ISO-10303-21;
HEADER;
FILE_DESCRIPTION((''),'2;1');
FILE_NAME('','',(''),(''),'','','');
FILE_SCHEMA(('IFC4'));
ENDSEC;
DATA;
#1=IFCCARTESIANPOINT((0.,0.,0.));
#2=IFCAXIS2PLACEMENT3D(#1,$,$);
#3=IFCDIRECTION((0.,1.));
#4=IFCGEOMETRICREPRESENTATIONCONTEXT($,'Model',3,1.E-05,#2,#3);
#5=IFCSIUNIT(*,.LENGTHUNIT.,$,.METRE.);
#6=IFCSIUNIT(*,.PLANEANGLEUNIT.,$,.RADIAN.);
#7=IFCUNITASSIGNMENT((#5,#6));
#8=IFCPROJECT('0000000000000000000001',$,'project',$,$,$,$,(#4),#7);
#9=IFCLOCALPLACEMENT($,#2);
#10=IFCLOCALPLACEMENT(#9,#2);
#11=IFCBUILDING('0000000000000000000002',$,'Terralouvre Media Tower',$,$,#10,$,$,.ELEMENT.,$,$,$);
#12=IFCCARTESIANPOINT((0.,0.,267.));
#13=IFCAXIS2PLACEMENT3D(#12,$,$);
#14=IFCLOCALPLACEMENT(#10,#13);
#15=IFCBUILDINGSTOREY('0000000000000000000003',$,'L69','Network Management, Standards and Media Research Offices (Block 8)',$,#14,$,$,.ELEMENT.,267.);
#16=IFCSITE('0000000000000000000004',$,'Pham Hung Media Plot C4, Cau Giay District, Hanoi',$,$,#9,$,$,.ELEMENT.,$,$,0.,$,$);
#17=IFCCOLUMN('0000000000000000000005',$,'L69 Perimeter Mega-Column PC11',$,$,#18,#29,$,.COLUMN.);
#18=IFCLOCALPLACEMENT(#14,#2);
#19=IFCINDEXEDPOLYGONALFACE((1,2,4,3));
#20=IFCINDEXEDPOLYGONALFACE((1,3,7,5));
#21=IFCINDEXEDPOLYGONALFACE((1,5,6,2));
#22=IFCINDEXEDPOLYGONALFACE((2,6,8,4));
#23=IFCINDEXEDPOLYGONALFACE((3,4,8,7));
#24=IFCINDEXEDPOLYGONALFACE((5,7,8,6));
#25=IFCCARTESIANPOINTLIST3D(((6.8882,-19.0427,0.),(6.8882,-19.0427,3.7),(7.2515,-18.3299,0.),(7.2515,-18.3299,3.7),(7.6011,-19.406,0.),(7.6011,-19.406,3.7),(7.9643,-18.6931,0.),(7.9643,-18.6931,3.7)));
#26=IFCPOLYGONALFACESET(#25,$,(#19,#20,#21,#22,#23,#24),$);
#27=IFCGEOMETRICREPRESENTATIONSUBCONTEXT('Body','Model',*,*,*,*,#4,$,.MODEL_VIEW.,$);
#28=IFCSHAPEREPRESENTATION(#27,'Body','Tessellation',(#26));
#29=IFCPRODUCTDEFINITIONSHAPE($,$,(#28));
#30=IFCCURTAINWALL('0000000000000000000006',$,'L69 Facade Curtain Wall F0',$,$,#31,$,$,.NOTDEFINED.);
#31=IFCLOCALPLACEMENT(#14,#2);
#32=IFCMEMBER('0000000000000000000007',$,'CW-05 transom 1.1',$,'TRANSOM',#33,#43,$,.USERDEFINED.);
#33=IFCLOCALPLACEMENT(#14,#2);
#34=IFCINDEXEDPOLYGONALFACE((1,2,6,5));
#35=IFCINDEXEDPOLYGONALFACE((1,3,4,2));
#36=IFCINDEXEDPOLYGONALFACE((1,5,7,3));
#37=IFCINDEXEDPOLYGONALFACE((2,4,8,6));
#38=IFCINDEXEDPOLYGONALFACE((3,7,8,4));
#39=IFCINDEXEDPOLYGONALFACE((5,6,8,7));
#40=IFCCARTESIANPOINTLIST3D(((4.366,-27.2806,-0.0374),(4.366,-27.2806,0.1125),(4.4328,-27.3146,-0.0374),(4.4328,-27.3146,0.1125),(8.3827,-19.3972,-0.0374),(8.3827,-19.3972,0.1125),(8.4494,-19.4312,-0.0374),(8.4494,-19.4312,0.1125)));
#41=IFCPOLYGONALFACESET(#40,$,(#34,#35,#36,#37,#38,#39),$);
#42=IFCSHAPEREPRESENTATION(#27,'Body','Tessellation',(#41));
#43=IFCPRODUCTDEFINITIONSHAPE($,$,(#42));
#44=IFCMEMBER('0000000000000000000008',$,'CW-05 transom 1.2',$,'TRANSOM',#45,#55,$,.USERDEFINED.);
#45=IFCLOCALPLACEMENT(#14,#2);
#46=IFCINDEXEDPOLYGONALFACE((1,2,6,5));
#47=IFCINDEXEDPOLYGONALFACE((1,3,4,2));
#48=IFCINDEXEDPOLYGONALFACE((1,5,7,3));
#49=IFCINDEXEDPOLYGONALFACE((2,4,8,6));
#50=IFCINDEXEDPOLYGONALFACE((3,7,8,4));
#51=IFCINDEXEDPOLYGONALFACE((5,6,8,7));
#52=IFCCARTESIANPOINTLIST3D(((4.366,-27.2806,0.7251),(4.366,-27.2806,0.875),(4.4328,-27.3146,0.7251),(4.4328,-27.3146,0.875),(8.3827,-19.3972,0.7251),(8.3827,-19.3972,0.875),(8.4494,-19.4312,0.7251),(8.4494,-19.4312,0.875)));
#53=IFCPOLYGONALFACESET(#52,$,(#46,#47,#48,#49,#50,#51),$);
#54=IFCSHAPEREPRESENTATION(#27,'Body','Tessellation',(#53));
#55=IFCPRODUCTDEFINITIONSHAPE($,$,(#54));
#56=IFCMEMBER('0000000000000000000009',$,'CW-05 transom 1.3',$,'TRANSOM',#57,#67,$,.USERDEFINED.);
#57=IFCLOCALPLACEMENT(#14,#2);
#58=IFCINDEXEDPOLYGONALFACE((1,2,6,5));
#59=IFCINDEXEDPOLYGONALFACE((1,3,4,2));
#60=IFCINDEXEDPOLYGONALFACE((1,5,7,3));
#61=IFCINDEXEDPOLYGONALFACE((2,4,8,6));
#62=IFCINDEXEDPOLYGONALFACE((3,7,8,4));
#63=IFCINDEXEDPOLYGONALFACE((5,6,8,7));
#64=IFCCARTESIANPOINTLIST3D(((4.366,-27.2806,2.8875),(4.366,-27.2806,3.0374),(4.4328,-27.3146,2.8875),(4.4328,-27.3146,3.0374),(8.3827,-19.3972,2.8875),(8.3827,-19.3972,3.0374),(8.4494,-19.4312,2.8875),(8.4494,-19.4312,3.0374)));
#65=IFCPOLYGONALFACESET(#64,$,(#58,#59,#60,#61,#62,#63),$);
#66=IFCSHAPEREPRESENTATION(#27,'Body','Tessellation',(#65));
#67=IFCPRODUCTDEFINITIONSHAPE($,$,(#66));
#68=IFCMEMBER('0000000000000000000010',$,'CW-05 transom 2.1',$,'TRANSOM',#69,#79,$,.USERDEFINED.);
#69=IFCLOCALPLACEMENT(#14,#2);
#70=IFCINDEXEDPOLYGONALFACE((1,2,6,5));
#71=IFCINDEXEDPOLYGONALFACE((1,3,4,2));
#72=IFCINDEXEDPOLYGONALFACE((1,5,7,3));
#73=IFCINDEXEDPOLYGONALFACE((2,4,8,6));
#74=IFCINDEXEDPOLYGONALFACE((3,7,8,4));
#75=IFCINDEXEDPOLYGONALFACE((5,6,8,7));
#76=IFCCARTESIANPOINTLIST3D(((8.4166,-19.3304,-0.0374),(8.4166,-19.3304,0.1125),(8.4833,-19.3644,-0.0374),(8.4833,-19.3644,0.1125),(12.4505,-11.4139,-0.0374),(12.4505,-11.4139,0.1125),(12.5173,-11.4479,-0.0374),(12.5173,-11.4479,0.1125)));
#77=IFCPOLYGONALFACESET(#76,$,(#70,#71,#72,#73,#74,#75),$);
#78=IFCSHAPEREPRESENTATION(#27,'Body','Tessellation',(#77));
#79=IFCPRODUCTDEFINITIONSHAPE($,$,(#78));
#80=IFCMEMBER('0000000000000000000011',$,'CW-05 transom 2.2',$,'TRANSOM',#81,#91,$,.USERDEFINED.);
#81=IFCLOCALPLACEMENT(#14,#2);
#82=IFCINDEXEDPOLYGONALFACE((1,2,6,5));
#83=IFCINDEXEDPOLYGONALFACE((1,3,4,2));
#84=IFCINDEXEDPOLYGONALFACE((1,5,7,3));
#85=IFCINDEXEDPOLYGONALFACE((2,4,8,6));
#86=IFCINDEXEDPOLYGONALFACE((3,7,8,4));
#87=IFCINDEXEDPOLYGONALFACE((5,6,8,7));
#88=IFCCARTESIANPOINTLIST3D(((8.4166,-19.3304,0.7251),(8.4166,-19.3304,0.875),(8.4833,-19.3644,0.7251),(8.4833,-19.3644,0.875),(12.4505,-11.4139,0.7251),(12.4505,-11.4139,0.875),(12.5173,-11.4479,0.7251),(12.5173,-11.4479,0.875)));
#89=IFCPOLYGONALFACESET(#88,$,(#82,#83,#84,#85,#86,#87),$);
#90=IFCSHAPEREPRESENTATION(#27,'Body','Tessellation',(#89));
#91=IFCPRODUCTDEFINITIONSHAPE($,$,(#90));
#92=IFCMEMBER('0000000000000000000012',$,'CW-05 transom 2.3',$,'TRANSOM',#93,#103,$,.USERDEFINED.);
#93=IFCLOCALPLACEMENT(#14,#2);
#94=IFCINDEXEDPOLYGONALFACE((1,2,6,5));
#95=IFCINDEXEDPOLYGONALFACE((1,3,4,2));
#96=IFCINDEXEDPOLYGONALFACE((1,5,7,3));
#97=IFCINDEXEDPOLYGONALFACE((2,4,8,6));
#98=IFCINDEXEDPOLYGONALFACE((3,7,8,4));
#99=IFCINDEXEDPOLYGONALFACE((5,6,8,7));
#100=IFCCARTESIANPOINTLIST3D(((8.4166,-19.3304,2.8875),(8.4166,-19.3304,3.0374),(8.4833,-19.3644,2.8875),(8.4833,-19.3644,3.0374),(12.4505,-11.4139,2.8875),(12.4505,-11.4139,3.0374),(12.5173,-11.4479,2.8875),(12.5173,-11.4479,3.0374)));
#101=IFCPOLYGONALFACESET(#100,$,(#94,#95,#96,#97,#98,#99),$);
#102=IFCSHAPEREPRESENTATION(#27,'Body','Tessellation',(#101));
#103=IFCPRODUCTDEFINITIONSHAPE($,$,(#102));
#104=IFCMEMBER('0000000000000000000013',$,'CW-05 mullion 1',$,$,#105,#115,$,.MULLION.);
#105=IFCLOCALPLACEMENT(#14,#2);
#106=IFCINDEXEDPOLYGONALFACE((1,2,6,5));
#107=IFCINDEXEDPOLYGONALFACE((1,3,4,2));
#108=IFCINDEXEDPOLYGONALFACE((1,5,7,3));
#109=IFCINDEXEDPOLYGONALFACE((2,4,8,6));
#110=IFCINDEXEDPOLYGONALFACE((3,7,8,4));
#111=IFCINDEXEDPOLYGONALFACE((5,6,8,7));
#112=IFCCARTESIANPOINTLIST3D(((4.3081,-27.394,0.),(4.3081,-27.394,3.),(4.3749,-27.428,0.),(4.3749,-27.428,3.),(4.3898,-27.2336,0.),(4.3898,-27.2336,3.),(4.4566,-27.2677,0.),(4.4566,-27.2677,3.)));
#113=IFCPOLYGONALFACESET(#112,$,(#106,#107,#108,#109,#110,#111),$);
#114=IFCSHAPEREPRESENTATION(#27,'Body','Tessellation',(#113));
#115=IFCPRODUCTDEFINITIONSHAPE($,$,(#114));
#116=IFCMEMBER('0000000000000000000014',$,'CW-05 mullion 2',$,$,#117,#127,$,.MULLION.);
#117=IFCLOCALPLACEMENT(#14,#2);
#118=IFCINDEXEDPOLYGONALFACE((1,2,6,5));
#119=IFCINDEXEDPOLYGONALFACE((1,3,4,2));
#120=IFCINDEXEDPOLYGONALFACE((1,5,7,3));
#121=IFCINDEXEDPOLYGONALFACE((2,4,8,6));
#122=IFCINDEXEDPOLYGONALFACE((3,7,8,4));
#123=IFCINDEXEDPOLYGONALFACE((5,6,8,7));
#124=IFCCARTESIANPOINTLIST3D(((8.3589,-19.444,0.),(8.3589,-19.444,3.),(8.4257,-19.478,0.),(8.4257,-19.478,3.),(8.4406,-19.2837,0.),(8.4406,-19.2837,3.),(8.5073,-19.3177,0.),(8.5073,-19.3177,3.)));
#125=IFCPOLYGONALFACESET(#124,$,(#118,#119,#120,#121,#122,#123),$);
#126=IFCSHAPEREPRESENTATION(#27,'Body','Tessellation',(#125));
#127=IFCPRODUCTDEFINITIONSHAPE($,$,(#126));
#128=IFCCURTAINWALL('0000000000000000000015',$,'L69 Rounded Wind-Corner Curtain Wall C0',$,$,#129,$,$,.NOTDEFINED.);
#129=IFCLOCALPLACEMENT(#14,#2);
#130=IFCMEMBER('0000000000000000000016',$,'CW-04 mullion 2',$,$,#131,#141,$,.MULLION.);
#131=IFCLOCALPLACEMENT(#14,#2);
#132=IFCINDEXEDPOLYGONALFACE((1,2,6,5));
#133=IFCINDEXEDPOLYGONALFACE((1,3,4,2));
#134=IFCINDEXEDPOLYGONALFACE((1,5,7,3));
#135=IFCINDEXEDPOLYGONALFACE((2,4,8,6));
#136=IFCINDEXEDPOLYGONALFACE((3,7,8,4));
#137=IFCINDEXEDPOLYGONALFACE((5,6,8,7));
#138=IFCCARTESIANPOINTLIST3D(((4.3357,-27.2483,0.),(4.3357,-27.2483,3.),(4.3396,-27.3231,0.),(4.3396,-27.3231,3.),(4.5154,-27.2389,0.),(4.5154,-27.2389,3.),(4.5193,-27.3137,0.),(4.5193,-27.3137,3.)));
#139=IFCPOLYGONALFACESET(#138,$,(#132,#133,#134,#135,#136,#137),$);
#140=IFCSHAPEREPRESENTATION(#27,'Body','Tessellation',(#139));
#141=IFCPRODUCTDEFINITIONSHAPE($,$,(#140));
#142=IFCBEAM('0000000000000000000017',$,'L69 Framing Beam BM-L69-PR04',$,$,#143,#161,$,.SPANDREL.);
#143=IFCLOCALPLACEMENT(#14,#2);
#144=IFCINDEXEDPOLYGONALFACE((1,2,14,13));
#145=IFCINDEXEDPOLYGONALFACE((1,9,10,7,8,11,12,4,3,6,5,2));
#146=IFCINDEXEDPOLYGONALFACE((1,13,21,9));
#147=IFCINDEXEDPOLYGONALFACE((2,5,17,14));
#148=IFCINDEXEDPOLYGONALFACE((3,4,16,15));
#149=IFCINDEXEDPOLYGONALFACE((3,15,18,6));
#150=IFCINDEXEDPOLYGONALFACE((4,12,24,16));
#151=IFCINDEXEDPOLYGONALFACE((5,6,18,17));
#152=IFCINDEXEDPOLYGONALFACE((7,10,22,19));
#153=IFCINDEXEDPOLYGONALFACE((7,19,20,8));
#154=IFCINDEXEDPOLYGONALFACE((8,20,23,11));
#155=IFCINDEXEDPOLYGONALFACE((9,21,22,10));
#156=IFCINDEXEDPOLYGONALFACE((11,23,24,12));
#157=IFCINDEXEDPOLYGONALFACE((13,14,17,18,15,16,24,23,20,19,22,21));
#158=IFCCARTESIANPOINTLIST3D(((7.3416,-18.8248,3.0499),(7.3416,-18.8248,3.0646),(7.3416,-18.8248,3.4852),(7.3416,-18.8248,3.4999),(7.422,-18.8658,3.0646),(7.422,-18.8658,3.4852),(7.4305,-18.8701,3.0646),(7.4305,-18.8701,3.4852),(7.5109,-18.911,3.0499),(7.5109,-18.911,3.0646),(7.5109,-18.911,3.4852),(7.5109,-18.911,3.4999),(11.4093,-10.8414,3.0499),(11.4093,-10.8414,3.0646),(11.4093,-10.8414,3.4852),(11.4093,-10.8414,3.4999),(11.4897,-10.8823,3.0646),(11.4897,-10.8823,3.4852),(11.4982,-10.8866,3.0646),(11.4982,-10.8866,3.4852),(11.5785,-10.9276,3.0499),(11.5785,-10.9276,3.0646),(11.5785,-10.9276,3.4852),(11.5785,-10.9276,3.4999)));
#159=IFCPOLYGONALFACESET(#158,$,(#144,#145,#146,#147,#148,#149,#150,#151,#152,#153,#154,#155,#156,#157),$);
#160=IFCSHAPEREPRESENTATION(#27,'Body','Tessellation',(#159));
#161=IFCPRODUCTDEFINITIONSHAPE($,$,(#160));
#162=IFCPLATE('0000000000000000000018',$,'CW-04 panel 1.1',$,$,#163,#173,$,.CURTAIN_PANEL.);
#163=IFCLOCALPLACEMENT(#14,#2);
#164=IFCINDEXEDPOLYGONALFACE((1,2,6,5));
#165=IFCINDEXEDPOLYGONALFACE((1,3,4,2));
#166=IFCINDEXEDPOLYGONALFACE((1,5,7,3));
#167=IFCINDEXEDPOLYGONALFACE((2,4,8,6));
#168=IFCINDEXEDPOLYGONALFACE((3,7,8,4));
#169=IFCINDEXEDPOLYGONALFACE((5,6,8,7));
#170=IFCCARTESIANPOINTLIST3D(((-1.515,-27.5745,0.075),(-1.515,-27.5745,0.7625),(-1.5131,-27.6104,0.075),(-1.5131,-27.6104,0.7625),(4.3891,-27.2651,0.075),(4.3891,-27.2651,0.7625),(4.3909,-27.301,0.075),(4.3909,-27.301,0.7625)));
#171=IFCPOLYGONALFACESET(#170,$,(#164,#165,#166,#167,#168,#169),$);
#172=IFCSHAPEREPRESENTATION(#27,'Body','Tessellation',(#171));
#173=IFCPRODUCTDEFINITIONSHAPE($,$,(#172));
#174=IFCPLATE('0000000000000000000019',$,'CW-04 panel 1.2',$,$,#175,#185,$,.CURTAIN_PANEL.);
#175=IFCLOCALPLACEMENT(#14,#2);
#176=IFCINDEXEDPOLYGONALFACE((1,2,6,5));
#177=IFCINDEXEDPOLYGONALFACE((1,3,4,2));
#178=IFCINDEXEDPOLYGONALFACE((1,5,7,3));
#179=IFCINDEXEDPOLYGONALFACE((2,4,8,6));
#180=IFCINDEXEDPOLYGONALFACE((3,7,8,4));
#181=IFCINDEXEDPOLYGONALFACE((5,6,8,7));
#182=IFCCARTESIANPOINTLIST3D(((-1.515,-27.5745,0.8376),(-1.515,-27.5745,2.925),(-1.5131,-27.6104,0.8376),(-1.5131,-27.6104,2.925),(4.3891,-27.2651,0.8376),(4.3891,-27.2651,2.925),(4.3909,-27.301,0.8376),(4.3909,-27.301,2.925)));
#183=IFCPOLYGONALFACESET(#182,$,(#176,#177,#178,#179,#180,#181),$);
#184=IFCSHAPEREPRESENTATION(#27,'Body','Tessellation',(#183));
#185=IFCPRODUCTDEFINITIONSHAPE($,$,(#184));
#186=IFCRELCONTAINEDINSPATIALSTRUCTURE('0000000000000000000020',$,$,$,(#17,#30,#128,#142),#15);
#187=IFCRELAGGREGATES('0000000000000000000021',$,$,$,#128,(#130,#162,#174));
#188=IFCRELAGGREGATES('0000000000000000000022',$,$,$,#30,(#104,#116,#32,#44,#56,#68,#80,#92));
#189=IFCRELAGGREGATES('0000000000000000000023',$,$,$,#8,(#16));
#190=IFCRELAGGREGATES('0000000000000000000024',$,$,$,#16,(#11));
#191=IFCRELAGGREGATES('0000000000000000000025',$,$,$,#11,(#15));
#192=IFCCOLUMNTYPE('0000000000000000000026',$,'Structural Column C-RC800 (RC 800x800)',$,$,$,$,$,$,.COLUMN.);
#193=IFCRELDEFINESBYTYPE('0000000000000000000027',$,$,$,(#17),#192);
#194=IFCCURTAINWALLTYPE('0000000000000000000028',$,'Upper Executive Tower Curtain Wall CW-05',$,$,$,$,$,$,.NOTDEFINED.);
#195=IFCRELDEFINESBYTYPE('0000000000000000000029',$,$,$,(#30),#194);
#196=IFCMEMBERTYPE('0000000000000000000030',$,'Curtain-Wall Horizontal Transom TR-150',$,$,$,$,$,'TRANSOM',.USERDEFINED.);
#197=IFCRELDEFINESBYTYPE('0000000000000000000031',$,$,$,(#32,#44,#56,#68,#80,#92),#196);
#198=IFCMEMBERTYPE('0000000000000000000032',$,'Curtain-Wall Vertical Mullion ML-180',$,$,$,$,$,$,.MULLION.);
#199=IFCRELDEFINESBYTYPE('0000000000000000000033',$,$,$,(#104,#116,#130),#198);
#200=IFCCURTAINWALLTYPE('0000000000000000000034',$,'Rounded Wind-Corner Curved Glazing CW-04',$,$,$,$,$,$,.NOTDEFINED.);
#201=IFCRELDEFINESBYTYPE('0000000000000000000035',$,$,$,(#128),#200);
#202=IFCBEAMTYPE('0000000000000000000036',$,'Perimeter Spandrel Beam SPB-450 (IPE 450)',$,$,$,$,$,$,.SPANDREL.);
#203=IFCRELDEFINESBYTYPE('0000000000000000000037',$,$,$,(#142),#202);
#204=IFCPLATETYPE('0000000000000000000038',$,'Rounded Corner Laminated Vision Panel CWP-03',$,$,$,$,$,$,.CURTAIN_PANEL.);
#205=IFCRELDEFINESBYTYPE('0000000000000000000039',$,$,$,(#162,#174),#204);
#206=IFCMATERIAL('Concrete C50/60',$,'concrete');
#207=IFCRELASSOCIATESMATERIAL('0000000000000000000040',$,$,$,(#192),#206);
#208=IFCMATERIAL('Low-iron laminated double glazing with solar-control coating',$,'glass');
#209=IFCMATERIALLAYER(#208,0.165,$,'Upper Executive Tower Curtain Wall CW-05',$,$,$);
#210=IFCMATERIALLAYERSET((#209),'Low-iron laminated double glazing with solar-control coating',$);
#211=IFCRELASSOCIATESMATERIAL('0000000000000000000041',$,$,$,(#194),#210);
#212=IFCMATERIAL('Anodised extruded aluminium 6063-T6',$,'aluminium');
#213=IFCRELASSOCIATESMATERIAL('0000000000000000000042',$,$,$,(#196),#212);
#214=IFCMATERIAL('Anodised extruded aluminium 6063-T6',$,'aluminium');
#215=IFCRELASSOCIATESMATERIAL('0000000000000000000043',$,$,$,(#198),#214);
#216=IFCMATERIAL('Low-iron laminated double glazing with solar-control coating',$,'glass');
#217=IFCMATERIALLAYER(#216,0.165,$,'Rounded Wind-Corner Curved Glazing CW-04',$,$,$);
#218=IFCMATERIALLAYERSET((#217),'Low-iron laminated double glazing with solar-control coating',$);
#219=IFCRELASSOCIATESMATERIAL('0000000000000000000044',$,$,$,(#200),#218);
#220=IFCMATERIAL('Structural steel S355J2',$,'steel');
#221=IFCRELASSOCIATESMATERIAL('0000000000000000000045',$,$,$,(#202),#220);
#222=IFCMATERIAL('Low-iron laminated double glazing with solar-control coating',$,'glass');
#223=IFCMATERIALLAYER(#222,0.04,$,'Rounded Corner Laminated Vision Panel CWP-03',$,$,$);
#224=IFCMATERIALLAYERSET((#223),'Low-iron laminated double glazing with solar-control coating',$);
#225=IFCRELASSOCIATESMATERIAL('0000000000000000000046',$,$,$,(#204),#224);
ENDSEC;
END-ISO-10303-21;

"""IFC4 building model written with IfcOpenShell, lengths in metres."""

from ifc_helpers import new_model, si_unit, direction, frame, origin, origin_2d, place, context, subcontext, project, spatial, rectangle, i_section, extrude, material, layer, layer_set, material_profile, profile_set, type_object, element, aggregate, save


model = new_model("IFC4")

# Units and contexts
model_context = context("Model", 3, precision=1e-05, world=origin(), true_north=direction((0.0, 1.0)))
body_context = subcontext(model_context, "Body", "Model", "MODEL_VIEW")
ifc_project = project(units=[si_unit("LENGTHUNIT", "METRE"), si_unit("PLANEANGLEUNIT", "RADIAN")], contexts=[model_context])

# Site, building, storey
site_placement = place(None, origin())
site = spatial("IfcSite", under=ifc_project, at=site_placement, Name="Pham Hung Media Plot C4, Cau Giay District, Hanoi", CompositionType="ELEMENT", RefElevation=0.0)
building_placement = place(site_placement, origin())
building = spatial("IfcBuilding", under=site, at=building_placement, Name="Terralouvre Media Tower", CompositionType="ELEMENT")
storey_placement = place(building_placement, frame((0.0, 0.0, 267.0)))
storey = spatial("IfcBuildingStorey", under=building, at=storey_placement, Name="L69", Description="Network Management, Standards and Media Research Offices (Block 8)", CompositionType="ELEMENT", Elevation=267.0)

# Column
ifc_material_1 = material(Name="Concrete C50/60", Category="concrete")
ifc_material_profile_1 = material_profile(ifc_material_1, rectangle(XDim=0.8, YDim=0.8, at=origin_2d()), Name="RC 800x800")
ifc_profile_set_1 = profile_set([ifc_material_profile_1], Name="Concrete C50/60")
column_type = type_object("IfcColumnType", Name="Structural Column C-RC800 (RC 800x800)", PredefinedType="COLUMN", material=ifc_profile_set_1)
column_placement = place(storey_placement, frame((7.4263, -18.8679, 0.0), z_axis=(0.0, 0.0, 1.0), x_axis=(0.45399, 0.891007, 0.0)))
element("IfcColumn", 1, at=column_placement, inside=storey, type_object=column_type, Name="L69 Perimeter Mega-Column PC11", PredefinedType="COLUMN", context=body_context, shape_type="SweptSolid", body=[
    extrude(rectangle(XDim=0.8, YDim=0.8, at=origin_2d()), origin(), (0.0, 0.0, 1.0), 3.7),
])

# Curtain wall, members
ifc_material_2 = material(Name="Low-iron laminated double glazing with solar-control coating", Category="glass")
ifc_layer_1 = layer(ifc_material_2, 0.165, Name="Upper Executive Tower Curtain Wall CW-05")
ifc_layer_set_1 = layer_set([ifc_layer_1], Name="Low-iron laminated double glazing with solar-control coating")
curtain_wall_type_1 = type_object("IfcCurtainWallType", Name="Upper Executive Tower Curtain Wall CW-05", PredefinedType="NOTDEFINED", material=ifc_layer_set_1)
curtain_wall_1_placement = place(storey_placement, origin())
curtain_wall_1 = element("IfcCurtainWall", 2, at=curtain_wall_1_placement, inside=storey, type_object=curtain_wall_type_1, Name="L69 Facade Curtain Wall F0", PredefinedType="NOTDEFINED")
ifc_material_3 = material(Name="Anodised extruded aluminium 6063-T6", Category="aluminium")
ifc_material_profile_2 = material_profile(ifc_material_3, rectangle(XDim=0.075, YDim=0.1499, at=origin_2d()), Name="ALU 75x150")
ifc_profile_set_2 = profile_set([ifc_material_profile_2], Name="Anodised extruded aluminium 6063-T6")
member_type_1 = type_object("IfcMemberType", Name="Curtain-Wall Horizontal Transom TR-150", ElementType="TRANSOM", PredefinedType="USERDEFINED", material=ifc_profile_set_2)
member_1_placement = place(storey_placement, frame((4.3994, -27.2976, 0.0376), z_axis=(0.453978, 0.891013, 0.0), x_axis=(-0.891013, 0.453978, 0.0)))
member_1 = element("IfcMember", 3, at=member_1_placement, type_object=member_type_1, Name="CW-05 transom 1.1", ObjectType="TRANSOM", PredefinedType="USERDEFINED", context=body_context, shape_type="SweptSolid", body=[
    extrude(rectangle(XDim=0.075, YDim=0.1499, at=origin_2d()), origin(), (0.0, 0.0, 1.0), 8.8477),
])
member_2_placement = place(storey_placement, frame((4.3994, -27.2976, 0.8), z_axis=(0.453978, 0.891013, 0.0), x_axis=(-0.891013, 0.453978, 0.0)))
member_2 = element("IfcMember", 4, at=member_2_placement, type_object=member_type_1, Name="CW-05 transom 1.2", ObjectType="TRANSOM", PredefinedType="USERDEFINED", context=body_context, shape_type="SweptSolid", body=[
    extrude(rectangle(XDim=0.075, YDim=0.1499, at=origin_2d()), origin(), (0.0, 0.0, 1.0), 8.8477),
])
member_3_placement = place(storey_placement, frame((4.3994, -27.2976, 2.9624), z_axis=(0.453978, 0.891013, 0.0), x_axis=(-0.891013, 0.453978, 0.0)))
member_3 = element("IfcMember", 5, at=member_3_placement, type_object=member_type_1, Name="CW-05 transom 1.3", ObjectType="TRANSOM", PredefinedType="USERDEFINED", context=body_context, shape_type="SweptSolid", body=[
    extrude(rectangle(XDim=0.075, YDim=0.1499, at=origin_2d()), origin(), (0.0, 0.0, 1.0), 8.8477),
])
member_4_placement = place(storey_placement, frame((8.45, -19.3474, 0.0376), z_axis=(0.454015, 0.890994, 0.0), x_axis=(-0.890994, 0.454015, 0.0)))
member_4 = element("IfcMember", 6, at=member_4_placement, type_object=member_type_1, Name="CW-05 transom 2.1", ObjectType="TRANSOM", PredefinedType="USERDEFINED", context=body_context, shape_type="SweptSolid", body=[
    extrude(rectangle(XDim=0.075, YDim=0.1499, at=origin_2d()), origin(), (0.0, 0.0, 1.0), 8.885),
])
member_5_placement = place(storey_placement, frame((8.45, -19.3474, 0.8), z_axis=(0.454015, 0.890994, 0.0), x_axis=(-0.890994, 0.454015, 0.0)))
member_5 = element("IfcMember", 7, at=member_5_placement, type_object=member_type_1, Name="CW-05 transom 2.2", ObjectType="TRANSOM", PredefinedType="USERDEFINED", context=body_context, shape_type="SweptSolid", body=[
    extrude(rectangle(XDim=0.075, YDim=0.1499, at=origin_2d()), origin(), (0.0, 0.0, 1.0), 8.885),
])
member_6_placement = place(storey_placement, frame((8.45, -19.3474, 2.9624), z_axis=(0.454015, 0.890994, 0.0), x_axis=(-0.890994, 0.454015, 0.0)))
member_6 = element("IfcMember", 8, at=member_6_placement, type_object=member_type_1, Name="CW-05 transom 2.3", ObjectType="TRANSOM", PredefinedType="USERDEFINED", context=body_context, shape_type="SweptSolid", body=[
    extrude(rectangle(XDim=0.075, YDim=0.1499, at=origin_2d()), origin(), (0.0, 0.0, 1.0), 8.885),
])
ifc_material_4 = material(Name="Anodised extruded aluminium 6063-T6", Category="aluminium")
ifc_material_profile_3 = material_profile(ifc_material_4, rectangle(XDim=0.075, YDim=0.1799, at=origin_2d()), Name="ALU 75x180")
ifc_profile_set_3 = profile_set([ifc_material_profile_3], Name="Anodised extruded aluminium 6063-T6")
member_type_2 = type_object("IfcMemberType", Name="Curtain-Wall Vertical Mullion ML-180", PredefinedType="MULLION", material=ifc_profile_set_3)
member_7_placement = place(storey_placement, frame((4.3823, -27.3308, 0.0), z_axis=(0.0, 0.0, 1.0), x_axis=(-0.891007, 0.45399, 0.0)))
member_7 = element("IfcMember", 9, at=member_7_placement, type_object=member_type_2, Name="CW-05 mullion 1", PredefinedType="MULLION", context=body_context, shape_type="SweptSolid", body=[
    extrude(rectangle(XDim=0.075, YDim=0.1799, at=origin_2d()), origin(), (0.0, 0.0, 1.0), 3.0),
])
member_8_placement = place(storey_placement, frame((8.4331, -19.3809, 0.0), z_axis=(0.0, 0.0, 1.0), x_axis=(-0.891007, 0.45399, 0.0)))
member_8 = element("IfcMember", 10, at=member_8_placement, type_object=member_type_2, Name="CW-05 mullion 2", PredefinedType="MULLION", context=body_context, shape_type="SweptSolid", body=[
    extrude(rectangle(XDim=0.075, YDim=0.1799, at=origin_2d()), origin(), (0.0, 0.0, 1.0), 3.0),
])

# Curtain wall, member
ifc_material_5 = material(Name="Low-iron laminated double glazing with solar-control coating", Category="glass")
ifc_layer_2 = layer(ifc_material_5, 0.165, Name="Rounded Wind-Corner Curved Glazing CW-04")
ifc_layer_set_2 = layer_set([ifc_layer_2], Name="Low-iron laminated double glazing with solar-control coating")
curtain_wall_type_2 = type_object("IfcCurtainWallType", Name="Rounded Wind-Corner Curved Glazing CW-04", PredefinedType="NOTDEFINED", material=ifc_layer_set_2)
curtain_wall_2_placement = place(storey_placement, origin())
curtain_wall_2 = element("IfcCurtainWall", 11, at=curtain_wall_2_placement, inside=storey, type_object=curtain_wall_type_2, Name="L69 Rounded Wind-Corner Curtain Wall C0", PredefinedType="NOTDEFINED")
member_9_placement = place(storey_placement, frame((4.4275, -27.281, 0.0), z_axis=(0.0, 0.0, 1.0), x_axis=(-0.052336, 0.99863, 0.0)))
member_9 = element("IfcMember", 12, at=member_9_placement, type_object=member_type_2, Name="CW-04 mullion 2", PredefinedType="MULLION", context=body_context, shape_type="SweptSolid", body=[
    extrude(rectangle(XDim=0.075, YDim=0.1799, at=origin_2d()), origin(), (0.0, 0.0, 1.0), 3.0),
])

# Beam
ifc_material_6 = material(Name="Structural steel S355J2", Category="steel")
ifc_material_profile_4 = material_profile(ifc_material_6, i_section(OverallWidth=0.1899, OverallDepth=0.45, WebThickness=0.0095, FlangeThickness=0.0146, at=origin_2d()), Name="IPE 450")
ifc_profile_set_4 = profile_set([ifc_material_profile_4], Name="Structural steel S355J2")
beam_type = type_object("IfcBeamType", Name="Perimeter Spandrel Beam SPB-450 (IPE 450)", PredefinedType="SPANDREL", material=ifc_profile_set_4)
beam_placement = place(storey_placement, frame((7.4263, -18.8679, 3.2749), z_axis=(0.45398, 0.891012, 0.0), x_axis=(-0.891012, 0.45398, 0.0)))
element("IfcBeam", 13, at=beam_placement, inside=storey, type_object=beam_type, Name="L69 Framing Beam BM-L69-PR04", PredefinedType="SPANDREL", context=body_context, shape_type="SweptSolid", body=[
    extrude(i_section(OverallWidth=0.1899, OverallDepth=0.45, WebThickness=0.0095, FlangeThickness=0.0146, at=origin_2d()), origin(), (0.0, 0.0, 1.0), 8.96),
])

# Plates
ifc_material_7 = material(Name="Low-iron laminated double glazing with solar-control coating", Category="glass")
ifc_layer_3 = layer(ifc_material_7, 0.04, Name="Rounded Corner Laminated Vision Panel CWP-03")
ifc_layer_set_3 = layer_set([ifc_layer_3], Name="Low-iron laminated double glazing with solar-control coating")
plate_type_1 = type_object("IfcPlateType", Name="Rounded Corner Laminated Vision Panel CWP-03", PredefinedType="CURTAIN_PANEL", material=ifc_layer_set_3)
plate_1_placement = place(storey_placement, frame((1.438, -27.4377, 0.075), z_axis=(0.0, 0.0, 1.0), x_axis=(0.99863, 0.052336, 0.0)))
plate_1 = element("IfcPlate", 14, at=plate_1_placement, type_object=plate_type_1, Name="CW-04 panel 1.1", PredefinedType="CURTAIN_PANEL", context=body_context, shape_type="SweptSolid", body=[
    extrude(rectangle(XDim=5.9121, YDim=0.0359, at=origin_2d()), origin(), (0.0, 0.0, 1.0), 0.6875),
])
plate_2_placement = place(storey_placement, frame((1.438, -27.4377, 0.8376), z_axis=(0.0, 0.0, 1.0), x_axis=(0.99863, 0.052336, 0.0)))
plate_2 = element("IfcPlate", 15, at=plate_2_placement, type_object=plate_type_1, Name="CW-04 panel 1.2", PredefinedType="CURTAIN_PANEL", context=body_context, shape_type="SweptSolid", body=[
    extrude(rectangle(XDim=5.9121, YDim=0.0359, at=origin_2d()), origin(), (0.0, 0.0, 1.0), 2.0874),
])
aggregate(curtain_wall_2, [member_9, plate_1, plate_2])
aggregate(curtain_wall_1, [member_7, member_8, member_1, member_2, member_3, member_4, member_5, member_6])

save(model, "model.ifc")
